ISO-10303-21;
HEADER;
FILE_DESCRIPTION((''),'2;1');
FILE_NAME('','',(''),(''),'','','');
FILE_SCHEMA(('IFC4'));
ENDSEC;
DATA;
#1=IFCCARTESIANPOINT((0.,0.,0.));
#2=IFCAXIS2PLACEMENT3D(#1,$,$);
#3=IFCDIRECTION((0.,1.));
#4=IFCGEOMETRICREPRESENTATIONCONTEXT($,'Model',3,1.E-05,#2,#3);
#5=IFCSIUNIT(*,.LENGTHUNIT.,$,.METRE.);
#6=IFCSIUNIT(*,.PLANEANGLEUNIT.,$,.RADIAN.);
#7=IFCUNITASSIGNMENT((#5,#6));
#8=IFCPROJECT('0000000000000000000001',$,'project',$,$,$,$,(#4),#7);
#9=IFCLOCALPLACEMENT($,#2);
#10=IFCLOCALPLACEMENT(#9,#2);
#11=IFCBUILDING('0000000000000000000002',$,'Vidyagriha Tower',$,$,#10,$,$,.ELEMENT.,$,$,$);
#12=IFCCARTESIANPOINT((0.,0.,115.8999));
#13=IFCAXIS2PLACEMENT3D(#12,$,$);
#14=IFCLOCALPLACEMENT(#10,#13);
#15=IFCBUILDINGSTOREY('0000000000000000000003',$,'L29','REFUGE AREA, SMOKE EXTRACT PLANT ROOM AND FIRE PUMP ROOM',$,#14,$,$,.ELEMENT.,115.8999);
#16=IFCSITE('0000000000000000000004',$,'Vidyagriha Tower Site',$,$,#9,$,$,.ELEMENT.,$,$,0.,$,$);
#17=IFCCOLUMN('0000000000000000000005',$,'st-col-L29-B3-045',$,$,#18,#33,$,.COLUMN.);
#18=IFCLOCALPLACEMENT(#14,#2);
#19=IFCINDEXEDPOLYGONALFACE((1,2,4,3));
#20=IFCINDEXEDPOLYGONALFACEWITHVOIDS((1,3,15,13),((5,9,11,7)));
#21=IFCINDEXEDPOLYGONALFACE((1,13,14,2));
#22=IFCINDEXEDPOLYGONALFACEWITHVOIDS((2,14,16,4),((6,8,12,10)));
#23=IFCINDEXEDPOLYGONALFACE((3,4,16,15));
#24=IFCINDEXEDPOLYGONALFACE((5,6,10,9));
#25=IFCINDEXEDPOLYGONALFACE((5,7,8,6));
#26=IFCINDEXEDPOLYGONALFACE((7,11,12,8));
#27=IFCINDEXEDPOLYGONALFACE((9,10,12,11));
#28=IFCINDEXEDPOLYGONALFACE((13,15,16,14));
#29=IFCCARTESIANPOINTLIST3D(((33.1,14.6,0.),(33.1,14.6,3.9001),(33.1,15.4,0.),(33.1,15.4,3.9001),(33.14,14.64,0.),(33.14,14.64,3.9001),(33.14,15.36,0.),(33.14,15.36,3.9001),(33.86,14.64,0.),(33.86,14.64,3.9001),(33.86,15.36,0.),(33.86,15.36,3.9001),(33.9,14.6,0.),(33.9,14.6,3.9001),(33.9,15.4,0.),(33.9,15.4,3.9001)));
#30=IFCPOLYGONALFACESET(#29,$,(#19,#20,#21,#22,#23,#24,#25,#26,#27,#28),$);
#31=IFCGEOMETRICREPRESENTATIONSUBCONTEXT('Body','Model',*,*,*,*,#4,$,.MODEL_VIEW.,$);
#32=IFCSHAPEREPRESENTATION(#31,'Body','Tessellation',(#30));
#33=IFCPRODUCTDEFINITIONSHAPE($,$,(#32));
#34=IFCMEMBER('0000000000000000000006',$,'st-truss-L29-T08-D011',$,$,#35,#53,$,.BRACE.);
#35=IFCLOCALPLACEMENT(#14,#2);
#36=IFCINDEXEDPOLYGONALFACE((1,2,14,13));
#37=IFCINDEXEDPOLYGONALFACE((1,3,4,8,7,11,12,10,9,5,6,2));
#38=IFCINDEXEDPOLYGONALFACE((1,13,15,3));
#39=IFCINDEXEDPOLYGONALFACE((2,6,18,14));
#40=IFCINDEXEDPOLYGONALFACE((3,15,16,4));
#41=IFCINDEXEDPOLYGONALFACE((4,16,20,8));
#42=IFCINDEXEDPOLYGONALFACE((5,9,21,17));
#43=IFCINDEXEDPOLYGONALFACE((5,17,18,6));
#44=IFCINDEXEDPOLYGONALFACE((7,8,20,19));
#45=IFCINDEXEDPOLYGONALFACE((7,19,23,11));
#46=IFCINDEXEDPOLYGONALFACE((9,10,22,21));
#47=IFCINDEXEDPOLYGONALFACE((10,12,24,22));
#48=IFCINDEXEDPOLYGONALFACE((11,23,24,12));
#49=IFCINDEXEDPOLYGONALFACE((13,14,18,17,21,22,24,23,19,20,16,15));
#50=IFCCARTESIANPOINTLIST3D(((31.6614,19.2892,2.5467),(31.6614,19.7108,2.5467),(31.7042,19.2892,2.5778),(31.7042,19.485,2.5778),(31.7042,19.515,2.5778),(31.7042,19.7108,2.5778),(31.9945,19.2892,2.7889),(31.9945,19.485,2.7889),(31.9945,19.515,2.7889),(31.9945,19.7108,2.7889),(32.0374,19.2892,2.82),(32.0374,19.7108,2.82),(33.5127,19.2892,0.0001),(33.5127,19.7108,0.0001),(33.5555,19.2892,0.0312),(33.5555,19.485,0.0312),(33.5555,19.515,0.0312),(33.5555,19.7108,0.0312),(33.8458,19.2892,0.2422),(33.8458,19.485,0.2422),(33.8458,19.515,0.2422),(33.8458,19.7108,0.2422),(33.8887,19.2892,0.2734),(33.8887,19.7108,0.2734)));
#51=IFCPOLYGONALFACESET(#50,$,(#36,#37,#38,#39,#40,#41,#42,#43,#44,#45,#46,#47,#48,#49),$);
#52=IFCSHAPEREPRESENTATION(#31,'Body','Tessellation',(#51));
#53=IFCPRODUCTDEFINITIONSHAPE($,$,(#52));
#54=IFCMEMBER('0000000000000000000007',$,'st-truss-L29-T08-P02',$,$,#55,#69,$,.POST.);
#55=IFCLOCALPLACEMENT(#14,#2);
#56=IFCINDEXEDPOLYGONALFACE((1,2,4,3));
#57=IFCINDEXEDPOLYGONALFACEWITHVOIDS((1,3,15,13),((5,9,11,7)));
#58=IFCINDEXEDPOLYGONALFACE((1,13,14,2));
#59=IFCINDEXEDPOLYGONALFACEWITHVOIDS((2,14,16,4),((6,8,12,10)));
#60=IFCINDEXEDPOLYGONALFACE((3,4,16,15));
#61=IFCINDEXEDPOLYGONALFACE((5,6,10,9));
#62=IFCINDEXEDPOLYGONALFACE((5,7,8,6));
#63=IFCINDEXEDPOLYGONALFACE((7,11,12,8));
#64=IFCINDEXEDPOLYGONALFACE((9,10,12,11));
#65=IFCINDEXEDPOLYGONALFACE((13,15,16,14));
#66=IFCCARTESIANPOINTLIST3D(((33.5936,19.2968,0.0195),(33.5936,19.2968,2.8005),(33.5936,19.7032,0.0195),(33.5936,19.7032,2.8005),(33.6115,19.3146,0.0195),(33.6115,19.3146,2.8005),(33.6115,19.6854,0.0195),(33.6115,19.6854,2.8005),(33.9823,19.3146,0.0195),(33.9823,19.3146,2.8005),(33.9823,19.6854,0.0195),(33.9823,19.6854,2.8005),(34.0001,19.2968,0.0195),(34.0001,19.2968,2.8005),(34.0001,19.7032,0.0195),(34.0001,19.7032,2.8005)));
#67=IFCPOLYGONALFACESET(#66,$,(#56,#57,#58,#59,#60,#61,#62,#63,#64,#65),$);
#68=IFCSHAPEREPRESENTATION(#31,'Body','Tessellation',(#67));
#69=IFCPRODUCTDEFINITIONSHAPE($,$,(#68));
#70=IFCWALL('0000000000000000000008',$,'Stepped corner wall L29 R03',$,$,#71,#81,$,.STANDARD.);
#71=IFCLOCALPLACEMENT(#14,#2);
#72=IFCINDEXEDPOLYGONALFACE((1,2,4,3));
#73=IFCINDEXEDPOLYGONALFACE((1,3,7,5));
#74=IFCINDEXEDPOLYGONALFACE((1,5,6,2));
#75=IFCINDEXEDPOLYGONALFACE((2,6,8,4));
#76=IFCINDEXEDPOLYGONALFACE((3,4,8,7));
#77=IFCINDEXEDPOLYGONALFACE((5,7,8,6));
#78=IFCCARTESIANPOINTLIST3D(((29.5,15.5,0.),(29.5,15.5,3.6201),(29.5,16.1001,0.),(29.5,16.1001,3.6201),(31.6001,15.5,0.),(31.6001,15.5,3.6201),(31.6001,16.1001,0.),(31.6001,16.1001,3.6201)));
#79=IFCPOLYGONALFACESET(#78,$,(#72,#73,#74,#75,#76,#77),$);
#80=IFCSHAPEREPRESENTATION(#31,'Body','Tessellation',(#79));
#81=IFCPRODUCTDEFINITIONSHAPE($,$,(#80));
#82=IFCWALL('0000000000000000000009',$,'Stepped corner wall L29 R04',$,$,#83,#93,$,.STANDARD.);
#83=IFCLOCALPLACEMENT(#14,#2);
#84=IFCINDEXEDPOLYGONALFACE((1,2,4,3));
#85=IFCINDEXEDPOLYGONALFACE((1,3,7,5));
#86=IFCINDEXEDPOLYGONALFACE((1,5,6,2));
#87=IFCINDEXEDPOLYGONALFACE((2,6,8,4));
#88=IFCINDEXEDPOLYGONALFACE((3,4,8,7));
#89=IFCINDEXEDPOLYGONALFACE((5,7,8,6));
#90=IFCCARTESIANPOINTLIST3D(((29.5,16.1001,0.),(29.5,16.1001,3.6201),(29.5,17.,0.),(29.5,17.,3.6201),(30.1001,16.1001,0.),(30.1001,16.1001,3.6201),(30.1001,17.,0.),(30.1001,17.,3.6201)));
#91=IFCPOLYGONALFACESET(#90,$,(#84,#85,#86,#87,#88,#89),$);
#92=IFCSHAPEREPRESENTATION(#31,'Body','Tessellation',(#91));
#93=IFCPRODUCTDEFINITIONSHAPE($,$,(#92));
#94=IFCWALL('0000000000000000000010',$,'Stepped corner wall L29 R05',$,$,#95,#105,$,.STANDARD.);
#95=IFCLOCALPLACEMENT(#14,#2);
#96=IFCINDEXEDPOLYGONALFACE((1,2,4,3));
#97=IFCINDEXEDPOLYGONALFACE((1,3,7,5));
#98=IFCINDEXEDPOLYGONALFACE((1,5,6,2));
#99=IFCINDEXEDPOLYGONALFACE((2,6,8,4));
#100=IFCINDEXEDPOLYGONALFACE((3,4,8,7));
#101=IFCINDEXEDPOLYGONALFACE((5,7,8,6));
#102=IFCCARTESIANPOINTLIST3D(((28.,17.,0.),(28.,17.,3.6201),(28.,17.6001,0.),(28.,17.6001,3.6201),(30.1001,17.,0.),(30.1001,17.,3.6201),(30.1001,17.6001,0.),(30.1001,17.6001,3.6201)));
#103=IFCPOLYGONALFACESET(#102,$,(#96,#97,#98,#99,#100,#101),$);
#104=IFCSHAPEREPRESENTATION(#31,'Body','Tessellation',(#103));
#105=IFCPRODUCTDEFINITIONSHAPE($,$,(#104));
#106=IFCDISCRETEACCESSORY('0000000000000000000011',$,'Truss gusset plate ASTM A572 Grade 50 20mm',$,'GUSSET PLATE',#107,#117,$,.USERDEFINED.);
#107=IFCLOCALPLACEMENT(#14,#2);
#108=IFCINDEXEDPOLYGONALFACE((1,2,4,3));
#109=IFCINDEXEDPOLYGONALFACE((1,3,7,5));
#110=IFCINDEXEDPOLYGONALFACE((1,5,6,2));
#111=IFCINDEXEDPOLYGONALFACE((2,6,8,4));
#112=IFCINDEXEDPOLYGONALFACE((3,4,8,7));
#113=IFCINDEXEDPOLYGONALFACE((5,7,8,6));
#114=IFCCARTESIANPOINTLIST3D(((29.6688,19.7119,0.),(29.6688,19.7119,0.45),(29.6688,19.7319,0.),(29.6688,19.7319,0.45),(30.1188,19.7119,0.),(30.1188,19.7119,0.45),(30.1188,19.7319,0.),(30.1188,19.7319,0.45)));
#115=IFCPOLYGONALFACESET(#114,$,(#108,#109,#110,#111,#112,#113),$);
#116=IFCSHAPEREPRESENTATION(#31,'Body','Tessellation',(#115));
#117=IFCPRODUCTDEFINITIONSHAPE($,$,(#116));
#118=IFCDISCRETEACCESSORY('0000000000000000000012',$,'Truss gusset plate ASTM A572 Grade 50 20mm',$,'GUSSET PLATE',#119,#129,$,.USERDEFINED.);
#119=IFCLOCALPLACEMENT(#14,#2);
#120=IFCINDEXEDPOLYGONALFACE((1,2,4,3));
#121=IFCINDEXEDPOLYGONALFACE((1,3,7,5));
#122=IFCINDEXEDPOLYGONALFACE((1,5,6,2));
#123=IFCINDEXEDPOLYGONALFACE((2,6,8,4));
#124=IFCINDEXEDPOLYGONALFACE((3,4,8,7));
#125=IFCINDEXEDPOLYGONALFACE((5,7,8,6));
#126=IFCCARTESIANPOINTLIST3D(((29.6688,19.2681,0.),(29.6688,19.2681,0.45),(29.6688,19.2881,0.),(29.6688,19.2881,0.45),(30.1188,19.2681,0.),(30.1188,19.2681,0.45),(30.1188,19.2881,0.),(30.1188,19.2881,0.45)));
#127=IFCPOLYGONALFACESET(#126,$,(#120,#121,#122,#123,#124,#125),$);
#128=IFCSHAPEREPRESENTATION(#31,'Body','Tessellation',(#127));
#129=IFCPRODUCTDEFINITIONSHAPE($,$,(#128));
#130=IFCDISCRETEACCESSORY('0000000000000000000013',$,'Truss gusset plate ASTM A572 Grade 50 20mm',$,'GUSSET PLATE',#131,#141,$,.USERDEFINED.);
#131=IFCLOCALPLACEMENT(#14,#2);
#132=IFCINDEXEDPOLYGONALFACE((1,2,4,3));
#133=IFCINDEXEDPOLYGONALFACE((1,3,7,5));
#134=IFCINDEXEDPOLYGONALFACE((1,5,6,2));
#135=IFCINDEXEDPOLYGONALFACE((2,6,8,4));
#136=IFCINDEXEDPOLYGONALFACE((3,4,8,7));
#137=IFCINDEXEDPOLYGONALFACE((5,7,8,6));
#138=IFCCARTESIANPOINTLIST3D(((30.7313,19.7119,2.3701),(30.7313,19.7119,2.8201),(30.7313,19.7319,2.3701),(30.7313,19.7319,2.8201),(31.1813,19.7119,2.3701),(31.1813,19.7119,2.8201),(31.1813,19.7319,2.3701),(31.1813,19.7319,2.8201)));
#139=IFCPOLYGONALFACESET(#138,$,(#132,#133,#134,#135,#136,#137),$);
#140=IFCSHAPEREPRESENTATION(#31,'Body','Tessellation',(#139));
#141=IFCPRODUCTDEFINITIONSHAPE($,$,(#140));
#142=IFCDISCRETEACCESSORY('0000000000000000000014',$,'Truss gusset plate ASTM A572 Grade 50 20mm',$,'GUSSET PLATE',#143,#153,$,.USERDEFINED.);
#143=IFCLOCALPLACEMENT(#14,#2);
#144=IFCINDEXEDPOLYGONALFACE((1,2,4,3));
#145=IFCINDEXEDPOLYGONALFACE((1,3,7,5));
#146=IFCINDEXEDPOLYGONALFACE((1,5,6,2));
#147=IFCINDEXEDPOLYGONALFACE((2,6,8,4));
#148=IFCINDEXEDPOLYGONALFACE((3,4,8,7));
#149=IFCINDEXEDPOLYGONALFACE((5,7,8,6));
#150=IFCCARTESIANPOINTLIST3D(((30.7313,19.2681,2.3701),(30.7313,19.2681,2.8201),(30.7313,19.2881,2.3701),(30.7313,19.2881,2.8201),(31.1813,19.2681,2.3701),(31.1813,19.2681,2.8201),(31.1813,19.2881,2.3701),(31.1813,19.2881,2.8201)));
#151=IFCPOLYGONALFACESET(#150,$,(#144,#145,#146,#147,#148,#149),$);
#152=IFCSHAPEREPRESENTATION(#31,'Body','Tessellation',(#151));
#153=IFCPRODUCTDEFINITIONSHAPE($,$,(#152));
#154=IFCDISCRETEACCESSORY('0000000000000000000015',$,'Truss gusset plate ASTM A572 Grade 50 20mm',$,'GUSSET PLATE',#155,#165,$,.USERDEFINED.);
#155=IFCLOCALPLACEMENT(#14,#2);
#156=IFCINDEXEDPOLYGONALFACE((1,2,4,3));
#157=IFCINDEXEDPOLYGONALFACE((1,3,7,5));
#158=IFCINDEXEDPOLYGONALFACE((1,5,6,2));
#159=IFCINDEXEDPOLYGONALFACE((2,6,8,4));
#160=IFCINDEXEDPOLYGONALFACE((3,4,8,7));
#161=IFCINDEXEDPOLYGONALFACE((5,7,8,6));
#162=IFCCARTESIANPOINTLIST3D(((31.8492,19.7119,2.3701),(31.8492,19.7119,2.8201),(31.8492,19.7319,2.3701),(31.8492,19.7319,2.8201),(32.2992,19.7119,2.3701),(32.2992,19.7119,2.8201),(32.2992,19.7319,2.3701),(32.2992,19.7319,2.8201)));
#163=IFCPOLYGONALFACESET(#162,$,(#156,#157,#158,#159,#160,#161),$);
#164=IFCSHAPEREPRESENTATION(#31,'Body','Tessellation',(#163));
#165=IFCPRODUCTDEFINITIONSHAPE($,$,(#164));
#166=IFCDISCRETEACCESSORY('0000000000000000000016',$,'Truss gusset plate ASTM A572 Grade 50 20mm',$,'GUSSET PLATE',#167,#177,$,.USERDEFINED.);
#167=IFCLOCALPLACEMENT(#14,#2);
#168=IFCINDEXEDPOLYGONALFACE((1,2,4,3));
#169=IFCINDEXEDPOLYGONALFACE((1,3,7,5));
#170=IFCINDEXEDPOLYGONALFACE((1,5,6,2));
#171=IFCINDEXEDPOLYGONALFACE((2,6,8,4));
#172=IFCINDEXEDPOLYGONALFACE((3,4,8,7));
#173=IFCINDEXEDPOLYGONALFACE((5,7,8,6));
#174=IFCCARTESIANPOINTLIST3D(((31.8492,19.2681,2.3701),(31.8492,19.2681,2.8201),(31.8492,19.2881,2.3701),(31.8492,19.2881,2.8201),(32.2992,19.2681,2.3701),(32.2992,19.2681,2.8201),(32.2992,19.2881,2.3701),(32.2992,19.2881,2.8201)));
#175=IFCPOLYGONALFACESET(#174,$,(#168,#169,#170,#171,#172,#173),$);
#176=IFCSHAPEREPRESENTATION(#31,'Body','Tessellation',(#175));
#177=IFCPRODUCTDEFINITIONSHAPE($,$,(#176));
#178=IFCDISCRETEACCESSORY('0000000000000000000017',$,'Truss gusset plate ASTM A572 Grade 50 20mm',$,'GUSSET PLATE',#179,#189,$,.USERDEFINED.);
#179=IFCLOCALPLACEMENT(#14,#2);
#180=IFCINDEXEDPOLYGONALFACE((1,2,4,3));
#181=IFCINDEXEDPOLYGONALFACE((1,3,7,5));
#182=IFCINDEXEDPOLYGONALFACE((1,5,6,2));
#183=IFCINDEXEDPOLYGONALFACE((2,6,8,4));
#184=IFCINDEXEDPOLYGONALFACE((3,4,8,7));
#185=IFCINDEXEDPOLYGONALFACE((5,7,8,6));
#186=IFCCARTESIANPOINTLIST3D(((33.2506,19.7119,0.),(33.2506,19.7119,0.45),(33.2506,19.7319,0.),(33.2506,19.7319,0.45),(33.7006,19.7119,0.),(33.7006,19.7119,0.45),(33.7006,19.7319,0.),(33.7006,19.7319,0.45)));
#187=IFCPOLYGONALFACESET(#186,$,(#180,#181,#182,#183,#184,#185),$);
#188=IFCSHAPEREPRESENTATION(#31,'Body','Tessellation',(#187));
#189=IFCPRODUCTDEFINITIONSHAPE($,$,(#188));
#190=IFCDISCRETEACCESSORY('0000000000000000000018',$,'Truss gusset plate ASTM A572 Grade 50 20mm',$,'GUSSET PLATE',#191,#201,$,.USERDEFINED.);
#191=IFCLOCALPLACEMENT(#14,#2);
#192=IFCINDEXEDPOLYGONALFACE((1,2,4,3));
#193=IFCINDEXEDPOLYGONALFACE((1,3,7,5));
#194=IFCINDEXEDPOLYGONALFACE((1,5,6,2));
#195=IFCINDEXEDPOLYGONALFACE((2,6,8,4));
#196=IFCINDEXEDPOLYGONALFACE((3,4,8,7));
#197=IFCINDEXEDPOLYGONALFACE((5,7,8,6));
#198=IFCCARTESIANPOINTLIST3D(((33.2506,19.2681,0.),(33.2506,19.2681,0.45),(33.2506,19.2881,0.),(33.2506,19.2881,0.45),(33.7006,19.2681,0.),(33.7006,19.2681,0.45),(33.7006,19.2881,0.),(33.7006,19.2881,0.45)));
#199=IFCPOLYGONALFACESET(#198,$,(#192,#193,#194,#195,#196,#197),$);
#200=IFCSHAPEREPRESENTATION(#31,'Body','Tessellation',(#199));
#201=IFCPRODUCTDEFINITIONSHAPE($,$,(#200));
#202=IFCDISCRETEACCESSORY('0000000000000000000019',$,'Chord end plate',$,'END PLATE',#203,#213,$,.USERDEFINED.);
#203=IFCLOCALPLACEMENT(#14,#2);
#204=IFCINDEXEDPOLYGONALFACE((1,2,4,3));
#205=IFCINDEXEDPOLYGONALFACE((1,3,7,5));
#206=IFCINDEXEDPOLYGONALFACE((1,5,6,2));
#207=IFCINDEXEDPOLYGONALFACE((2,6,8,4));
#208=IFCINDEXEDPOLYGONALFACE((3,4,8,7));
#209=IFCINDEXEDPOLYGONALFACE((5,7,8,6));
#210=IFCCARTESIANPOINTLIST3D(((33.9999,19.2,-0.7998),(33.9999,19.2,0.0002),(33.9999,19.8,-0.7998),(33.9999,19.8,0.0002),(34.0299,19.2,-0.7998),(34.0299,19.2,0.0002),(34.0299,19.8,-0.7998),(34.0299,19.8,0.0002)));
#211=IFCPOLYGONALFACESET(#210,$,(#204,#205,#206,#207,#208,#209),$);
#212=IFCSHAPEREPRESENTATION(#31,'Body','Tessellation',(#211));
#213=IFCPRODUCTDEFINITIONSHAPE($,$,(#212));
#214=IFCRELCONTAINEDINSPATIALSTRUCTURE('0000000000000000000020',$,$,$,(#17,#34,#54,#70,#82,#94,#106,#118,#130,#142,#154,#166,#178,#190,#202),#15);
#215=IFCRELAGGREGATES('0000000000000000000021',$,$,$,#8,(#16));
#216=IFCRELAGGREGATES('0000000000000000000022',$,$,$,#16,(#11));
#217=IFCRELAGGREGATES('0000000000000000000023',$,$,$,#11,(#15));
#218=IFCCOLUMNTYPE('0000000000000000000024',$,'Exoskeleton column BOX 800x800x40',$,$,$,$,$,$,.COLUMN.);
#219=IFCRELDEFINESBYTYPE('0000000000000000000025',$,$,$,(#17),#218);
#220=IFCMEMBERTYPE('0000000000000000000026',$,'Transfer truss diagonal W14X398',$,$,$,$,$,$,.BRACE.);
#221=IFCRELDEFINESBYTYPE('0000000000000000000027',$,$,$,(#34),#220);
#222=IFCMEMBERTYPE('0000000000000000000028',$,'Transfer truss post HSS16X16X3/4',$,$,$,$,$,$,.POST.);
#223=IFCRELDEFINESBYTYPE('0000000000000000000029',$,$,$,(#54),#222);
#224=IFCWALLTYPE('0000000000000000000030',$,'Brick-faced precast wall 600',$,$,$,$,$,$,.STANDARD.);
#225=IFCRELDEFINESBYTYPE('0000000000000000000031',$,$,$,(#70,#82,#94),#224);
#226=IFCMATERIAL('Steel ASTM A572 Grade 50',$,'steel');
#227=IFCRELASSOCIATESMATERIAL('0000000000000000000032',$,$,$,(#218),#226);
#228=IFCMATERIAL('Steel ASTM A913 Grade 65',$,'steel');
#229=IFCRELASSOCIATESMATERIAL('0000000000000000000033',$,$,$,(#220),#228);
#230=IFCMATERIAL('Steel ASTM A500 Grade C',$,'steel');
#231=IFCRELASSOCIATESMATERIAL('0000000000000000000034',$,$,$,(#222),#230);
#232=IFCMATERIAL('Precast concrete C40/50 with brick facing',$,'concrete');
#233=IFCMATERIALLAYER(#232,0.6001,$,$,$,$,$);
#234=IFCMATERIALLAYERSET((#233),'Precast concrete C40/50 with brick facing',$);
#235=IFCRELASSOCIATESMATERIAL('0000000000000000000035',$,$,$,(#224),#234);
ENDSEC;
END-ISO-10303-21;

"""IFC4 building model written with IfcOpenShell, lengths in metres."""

from ifc_helpers import new_model, si_unit, direction, frame, frame_2d, origin, origin_2d, place, context, subcontext, project, spatial, rectangle, hollow_rectangle, i_section, extrude, material, layer, layer_set, material_profile, profile_set, type_object, element, save


model = new_model("IFC4")

# Units and contexts
model_context = context("Model", 3, precision=1e-05, world=origin(), true_north=direction((0.0, 1.0)))
body_context = subcontext(model_context, "Body", "Model", "MODEL_VIEW")
ifc_project = project(units=[si_unit("LENGTHUNIT", "METRE"), si_unit("PLANEANGLEUNIT", "RADIAN")], contexts=[model_context])

# Site, building, storey
site_placement = place(None, origin())
site = spatial("IfcSite", under=ifc_project, at=site_placement, Name="Vidyagriha Tower Site", CompositionType="ELEMENT", RefElevation=0.0)
building_placement = place(site_placement, origin())
building = spatial("IfcBuilding", under=site, at=building_placement, Name="Vidyagriha Tower", CompositionType="ELEMENT")
storey_placement = place(building_placement, frame((0.0, 0.0, 115.8999)))
storey = spatial("IfcBuildingStorey", under=building, at=storey_placement, Name="L29", Description="REFUGE AREA, SMOKE EXTRACT PLANT ROOM AND FIRE PUMP ROOM", CompositionType="ELEMENT", Elevation=115.8999)

# Column
ifc_material_1 = material(Name="Steel ASTM A572 Grade 50", Category="steel")
ifc_material_profile_1 = material_profile(ifc_material_1, hollow_rectangle(XDim=0.8, YDim=0.8, WallThickness=0.04, at=origin_2d()), Name="BOX 800x800x40")
ifc_profile_set_1 = profile_set([ifc_material_profile_1], Name="Steel ASTM A572 Grade 50")
column_type = type_object("IfcColumnType", Name="Exoskeleton column BOX 800x800x40", PredefinedType="COLUMN", material=ifc_profile_set_1)
column_placement = place(storey_placement, frame((33.5, 15.0, 0.0)))
element("IfcColumn", 1, at=column_placement, inside=storey, type_object=column_type, Name="st-col-L29-B3-045", PredefinedType="COLUMN", context=body_context, shape_type="SweptSolid", body=[
    extrude(hollow_rectangle(XDim=0.8, YDim=0.8, WallThickness=0.04, at=origin_2d()), origin(), (0.0, 0.0, 1.0), 3.9001),
])

# Members
ifc_material_2 = material(Name="Steel ASTM A913 Grade 65", Category="steel")
ifc_material_profile_2 = material_profile(ifc_material_2, i_section(OverallWidth=0.4216, OverallDepth=0.4648, WebThickness=0.03, FlangeThickness=0.053, at=origin_2d()), Name="W14X398")
ifc_profile_set_2 = profile_set([ifc_material_profile_2], Name="Steel ASTM A913 Grade 65")
member_type_1 = type_object("IfcMemberType", Name="Transfer truss diagonal W14X398", PredefinedType="BRACE", material=ifc_profile_set_2)
member_1_placement = place(storey_placement, frame((31.8494, 19.5, 2.6833), z_axis=(0.58801, 0.0, -0.808853), x_axis=(0.0, 1.0, 0.0)))
element("IfcMember", 2, at=member_1_placement, inside=storey, type_object=member_type_1, Name="st-truss-L29-T08-D011", PredefinedType="BRACE", context=body_context, shape_type="SweptSolid", body=[
    extrude(i_section(OverallWidth=0.4216, OverallDepth=0.4648, WebThickness=0.03, FlangeThickness=0.053, at=origin_2d()), origin(), (0.0, 0.0, 1.0), 3.1484),
])
ifc_material_3 = material(Name="Steel ASTM A500 Grade C", Category="steel")
ifc_material_profile_3 = material_profile(ifc_material_3, hollow_rectangle(XDim=0.4065, YDim=0.4065, WallThickness=0.0178, at=origin_2d()), Name="HSS16X16X3/4")
ifc_profile_set_3 = profile_set([ifc_material_profile_3], Name="Steel ASTM A500 Grade C")
member_type_2 = type_object("IfcMemberType", Name="Transfer truss post HSS16X16X3/4", PredefinedType="POST", material=ifc_profile_set_3)
member_2_placement = place(storey_placement, frame((33.7969, 19.5, 0.0195)))
element("IfcMember", 3, at=member_2_placement, inside=storey, type_object=member_type_2, Name="st-truss-L29-T08-P02", PredefinedType="POST", context=body_context, shape_type="SweptSolid", body=[
    extrude(hollow_rectangle(XDim=0.4065, YDim=0.4065, WallThickness=0.0178, at=origin_2d()), origin(), (0.0, 0.0, 1.0), 2.781),
])

# Walls
ifc_material_4 = material(Name="Precast concrete C40/50 with brick facing", Category="concrete")
ifc_layer = layer(ifc_material_4, 0.6001)
ifc_layer_set = layer_set([ifc_layer], Name="Precast concrete C40/50 with brick facing")
wall_type = type_object("IfcWallType", Name="Brick-faced precast wall 600", PredefinedType="STANDARD", material=ifc_layer_set)
wall_1_placement = place(storey_placement, frame((31.6001, 15.8, 0.0), z_axis=(0.0, 0.0, 1.0), x_axis=(-1.0, 0.0, 0.0)))
element("IfcWall", 4, at=wall_1_placement, inside=storey, type_object=wall_type, Name="Stepped corner wall L29 R03", PredefinedType="STANDARD", context=body_context, shape_type="SweptSolid", body=[
    extrude(rectangle(XDim=2.1001, YDim=0.6001, at=frame_2d((1.05, 0.0))), origin(), (0.0, 0.0, 1.0), 3.6201),
])
wall_2_placement = place(storey_placement, frame((29.8, 16.1001, 0.0), z_axis=(0.0, 0.0, 1.0), x_axis=(0.0, 1.0, 0.0)))
element("IfcWall", 5, at=wall_2_placement, inside=storey, type_object=wall_type, Name="Stepped corner wall L29 R04", PredefinedType="STANDARD", context=body_context, shape_type="SweptSolid", body=[
    extrude(rectangle(XDim=0.8999, YDim=0.6001, at=frame_2d((0.45, 0.0))), origin(), (0.0, 0.0, 1.0), 3.6201),
])
wall_3_placement = place(storey_placement, frame((30.1001, 17.3, 0.0), z_axis=(0.0, 0.0, 1.0), x_axis=(-1.0, 0.0, 0.0)))
element("IfcWall", 6, at=wall_3_placement, inside=storey, type_object=wall_type, Name="Stepped corner wall L29 R05", PredefinedType="STANDARD", context=body_context, shape_type="SweptSolid", body=[
    extrude(rectangle(XDim=2.1001, YDim=0.6001, at=frame_2d((1.05, 0.0))), origin(), (0.0, 0.0, 1.0), 3.6201),
])

# Discrete accessories
for number, where, name in (
    (7, (29.8938, 19.7219, 0.0), "Truss gusset plate ASTM A572 Grade 50 20mm"),
    (8, (29.8938, 19.2781, 0.0), "Truss gusset plate ASTM A572 Grade 50 20mm"),
    (9, (30.9563, 19.7219, 2.3701), "Truss gusset plate ASTM A572 Grade 50 20mm"),
    (10, (30.9563, 19.2781, 2.3701), "Truss gusset plate ASTM A572 Grade 50 20mm"),
    (11, (32.0742, 19.7219, 2.3701), "Truss gusset plate ASTM A572 Grade 50 20mm"),
    (12, (32.0742, 19.2781, 2.3701), "Truss gusset plate ASTM A572 Grade 50 20mm"),
    (13, (33.4756, 19.7219, 0.0), "Truss gusset plate ASTM A572 Grade 50 20mm"),
    (14, (33.4756, 19.2781, 0.0), "Truss gusset plate ASTM A572 Grade 50 20mm"),
):
    element("IfcDiscreteAccessory", number, at=place(storey_placement, frame(where)), inside=storey, Name=name, ObjectType="GUSSET PLATE", PredefinedType="USERDEFINED", context=body_context, shape_type="SweptSolid", body=[
        extrude(rectangle(XDim=0.45, YDim=0.02, at=origin_2d()), origin(), (0.0, 0.0, 1.0), 0.45),
    ])
for number, where, name in (
    (15, (34.0149, 19.5, -0.7998), "Chord end plate"),
):
    element("IfcDiscreteAccessory", number, at=place(storey_placement, frame(where)), inside=storey, Name=name, ObjectType="END PLATE", PredefinedType="USERDEFINED", context=body_context, shape_type="SweptSolid", body=[
        extrude(rectangle(XDim=0.03, YDim=0.6001, at=origin_2d()), origin(), (0.0, 0.0, 1.0), 0.8),
    ])

save(model, "model.ifc")
